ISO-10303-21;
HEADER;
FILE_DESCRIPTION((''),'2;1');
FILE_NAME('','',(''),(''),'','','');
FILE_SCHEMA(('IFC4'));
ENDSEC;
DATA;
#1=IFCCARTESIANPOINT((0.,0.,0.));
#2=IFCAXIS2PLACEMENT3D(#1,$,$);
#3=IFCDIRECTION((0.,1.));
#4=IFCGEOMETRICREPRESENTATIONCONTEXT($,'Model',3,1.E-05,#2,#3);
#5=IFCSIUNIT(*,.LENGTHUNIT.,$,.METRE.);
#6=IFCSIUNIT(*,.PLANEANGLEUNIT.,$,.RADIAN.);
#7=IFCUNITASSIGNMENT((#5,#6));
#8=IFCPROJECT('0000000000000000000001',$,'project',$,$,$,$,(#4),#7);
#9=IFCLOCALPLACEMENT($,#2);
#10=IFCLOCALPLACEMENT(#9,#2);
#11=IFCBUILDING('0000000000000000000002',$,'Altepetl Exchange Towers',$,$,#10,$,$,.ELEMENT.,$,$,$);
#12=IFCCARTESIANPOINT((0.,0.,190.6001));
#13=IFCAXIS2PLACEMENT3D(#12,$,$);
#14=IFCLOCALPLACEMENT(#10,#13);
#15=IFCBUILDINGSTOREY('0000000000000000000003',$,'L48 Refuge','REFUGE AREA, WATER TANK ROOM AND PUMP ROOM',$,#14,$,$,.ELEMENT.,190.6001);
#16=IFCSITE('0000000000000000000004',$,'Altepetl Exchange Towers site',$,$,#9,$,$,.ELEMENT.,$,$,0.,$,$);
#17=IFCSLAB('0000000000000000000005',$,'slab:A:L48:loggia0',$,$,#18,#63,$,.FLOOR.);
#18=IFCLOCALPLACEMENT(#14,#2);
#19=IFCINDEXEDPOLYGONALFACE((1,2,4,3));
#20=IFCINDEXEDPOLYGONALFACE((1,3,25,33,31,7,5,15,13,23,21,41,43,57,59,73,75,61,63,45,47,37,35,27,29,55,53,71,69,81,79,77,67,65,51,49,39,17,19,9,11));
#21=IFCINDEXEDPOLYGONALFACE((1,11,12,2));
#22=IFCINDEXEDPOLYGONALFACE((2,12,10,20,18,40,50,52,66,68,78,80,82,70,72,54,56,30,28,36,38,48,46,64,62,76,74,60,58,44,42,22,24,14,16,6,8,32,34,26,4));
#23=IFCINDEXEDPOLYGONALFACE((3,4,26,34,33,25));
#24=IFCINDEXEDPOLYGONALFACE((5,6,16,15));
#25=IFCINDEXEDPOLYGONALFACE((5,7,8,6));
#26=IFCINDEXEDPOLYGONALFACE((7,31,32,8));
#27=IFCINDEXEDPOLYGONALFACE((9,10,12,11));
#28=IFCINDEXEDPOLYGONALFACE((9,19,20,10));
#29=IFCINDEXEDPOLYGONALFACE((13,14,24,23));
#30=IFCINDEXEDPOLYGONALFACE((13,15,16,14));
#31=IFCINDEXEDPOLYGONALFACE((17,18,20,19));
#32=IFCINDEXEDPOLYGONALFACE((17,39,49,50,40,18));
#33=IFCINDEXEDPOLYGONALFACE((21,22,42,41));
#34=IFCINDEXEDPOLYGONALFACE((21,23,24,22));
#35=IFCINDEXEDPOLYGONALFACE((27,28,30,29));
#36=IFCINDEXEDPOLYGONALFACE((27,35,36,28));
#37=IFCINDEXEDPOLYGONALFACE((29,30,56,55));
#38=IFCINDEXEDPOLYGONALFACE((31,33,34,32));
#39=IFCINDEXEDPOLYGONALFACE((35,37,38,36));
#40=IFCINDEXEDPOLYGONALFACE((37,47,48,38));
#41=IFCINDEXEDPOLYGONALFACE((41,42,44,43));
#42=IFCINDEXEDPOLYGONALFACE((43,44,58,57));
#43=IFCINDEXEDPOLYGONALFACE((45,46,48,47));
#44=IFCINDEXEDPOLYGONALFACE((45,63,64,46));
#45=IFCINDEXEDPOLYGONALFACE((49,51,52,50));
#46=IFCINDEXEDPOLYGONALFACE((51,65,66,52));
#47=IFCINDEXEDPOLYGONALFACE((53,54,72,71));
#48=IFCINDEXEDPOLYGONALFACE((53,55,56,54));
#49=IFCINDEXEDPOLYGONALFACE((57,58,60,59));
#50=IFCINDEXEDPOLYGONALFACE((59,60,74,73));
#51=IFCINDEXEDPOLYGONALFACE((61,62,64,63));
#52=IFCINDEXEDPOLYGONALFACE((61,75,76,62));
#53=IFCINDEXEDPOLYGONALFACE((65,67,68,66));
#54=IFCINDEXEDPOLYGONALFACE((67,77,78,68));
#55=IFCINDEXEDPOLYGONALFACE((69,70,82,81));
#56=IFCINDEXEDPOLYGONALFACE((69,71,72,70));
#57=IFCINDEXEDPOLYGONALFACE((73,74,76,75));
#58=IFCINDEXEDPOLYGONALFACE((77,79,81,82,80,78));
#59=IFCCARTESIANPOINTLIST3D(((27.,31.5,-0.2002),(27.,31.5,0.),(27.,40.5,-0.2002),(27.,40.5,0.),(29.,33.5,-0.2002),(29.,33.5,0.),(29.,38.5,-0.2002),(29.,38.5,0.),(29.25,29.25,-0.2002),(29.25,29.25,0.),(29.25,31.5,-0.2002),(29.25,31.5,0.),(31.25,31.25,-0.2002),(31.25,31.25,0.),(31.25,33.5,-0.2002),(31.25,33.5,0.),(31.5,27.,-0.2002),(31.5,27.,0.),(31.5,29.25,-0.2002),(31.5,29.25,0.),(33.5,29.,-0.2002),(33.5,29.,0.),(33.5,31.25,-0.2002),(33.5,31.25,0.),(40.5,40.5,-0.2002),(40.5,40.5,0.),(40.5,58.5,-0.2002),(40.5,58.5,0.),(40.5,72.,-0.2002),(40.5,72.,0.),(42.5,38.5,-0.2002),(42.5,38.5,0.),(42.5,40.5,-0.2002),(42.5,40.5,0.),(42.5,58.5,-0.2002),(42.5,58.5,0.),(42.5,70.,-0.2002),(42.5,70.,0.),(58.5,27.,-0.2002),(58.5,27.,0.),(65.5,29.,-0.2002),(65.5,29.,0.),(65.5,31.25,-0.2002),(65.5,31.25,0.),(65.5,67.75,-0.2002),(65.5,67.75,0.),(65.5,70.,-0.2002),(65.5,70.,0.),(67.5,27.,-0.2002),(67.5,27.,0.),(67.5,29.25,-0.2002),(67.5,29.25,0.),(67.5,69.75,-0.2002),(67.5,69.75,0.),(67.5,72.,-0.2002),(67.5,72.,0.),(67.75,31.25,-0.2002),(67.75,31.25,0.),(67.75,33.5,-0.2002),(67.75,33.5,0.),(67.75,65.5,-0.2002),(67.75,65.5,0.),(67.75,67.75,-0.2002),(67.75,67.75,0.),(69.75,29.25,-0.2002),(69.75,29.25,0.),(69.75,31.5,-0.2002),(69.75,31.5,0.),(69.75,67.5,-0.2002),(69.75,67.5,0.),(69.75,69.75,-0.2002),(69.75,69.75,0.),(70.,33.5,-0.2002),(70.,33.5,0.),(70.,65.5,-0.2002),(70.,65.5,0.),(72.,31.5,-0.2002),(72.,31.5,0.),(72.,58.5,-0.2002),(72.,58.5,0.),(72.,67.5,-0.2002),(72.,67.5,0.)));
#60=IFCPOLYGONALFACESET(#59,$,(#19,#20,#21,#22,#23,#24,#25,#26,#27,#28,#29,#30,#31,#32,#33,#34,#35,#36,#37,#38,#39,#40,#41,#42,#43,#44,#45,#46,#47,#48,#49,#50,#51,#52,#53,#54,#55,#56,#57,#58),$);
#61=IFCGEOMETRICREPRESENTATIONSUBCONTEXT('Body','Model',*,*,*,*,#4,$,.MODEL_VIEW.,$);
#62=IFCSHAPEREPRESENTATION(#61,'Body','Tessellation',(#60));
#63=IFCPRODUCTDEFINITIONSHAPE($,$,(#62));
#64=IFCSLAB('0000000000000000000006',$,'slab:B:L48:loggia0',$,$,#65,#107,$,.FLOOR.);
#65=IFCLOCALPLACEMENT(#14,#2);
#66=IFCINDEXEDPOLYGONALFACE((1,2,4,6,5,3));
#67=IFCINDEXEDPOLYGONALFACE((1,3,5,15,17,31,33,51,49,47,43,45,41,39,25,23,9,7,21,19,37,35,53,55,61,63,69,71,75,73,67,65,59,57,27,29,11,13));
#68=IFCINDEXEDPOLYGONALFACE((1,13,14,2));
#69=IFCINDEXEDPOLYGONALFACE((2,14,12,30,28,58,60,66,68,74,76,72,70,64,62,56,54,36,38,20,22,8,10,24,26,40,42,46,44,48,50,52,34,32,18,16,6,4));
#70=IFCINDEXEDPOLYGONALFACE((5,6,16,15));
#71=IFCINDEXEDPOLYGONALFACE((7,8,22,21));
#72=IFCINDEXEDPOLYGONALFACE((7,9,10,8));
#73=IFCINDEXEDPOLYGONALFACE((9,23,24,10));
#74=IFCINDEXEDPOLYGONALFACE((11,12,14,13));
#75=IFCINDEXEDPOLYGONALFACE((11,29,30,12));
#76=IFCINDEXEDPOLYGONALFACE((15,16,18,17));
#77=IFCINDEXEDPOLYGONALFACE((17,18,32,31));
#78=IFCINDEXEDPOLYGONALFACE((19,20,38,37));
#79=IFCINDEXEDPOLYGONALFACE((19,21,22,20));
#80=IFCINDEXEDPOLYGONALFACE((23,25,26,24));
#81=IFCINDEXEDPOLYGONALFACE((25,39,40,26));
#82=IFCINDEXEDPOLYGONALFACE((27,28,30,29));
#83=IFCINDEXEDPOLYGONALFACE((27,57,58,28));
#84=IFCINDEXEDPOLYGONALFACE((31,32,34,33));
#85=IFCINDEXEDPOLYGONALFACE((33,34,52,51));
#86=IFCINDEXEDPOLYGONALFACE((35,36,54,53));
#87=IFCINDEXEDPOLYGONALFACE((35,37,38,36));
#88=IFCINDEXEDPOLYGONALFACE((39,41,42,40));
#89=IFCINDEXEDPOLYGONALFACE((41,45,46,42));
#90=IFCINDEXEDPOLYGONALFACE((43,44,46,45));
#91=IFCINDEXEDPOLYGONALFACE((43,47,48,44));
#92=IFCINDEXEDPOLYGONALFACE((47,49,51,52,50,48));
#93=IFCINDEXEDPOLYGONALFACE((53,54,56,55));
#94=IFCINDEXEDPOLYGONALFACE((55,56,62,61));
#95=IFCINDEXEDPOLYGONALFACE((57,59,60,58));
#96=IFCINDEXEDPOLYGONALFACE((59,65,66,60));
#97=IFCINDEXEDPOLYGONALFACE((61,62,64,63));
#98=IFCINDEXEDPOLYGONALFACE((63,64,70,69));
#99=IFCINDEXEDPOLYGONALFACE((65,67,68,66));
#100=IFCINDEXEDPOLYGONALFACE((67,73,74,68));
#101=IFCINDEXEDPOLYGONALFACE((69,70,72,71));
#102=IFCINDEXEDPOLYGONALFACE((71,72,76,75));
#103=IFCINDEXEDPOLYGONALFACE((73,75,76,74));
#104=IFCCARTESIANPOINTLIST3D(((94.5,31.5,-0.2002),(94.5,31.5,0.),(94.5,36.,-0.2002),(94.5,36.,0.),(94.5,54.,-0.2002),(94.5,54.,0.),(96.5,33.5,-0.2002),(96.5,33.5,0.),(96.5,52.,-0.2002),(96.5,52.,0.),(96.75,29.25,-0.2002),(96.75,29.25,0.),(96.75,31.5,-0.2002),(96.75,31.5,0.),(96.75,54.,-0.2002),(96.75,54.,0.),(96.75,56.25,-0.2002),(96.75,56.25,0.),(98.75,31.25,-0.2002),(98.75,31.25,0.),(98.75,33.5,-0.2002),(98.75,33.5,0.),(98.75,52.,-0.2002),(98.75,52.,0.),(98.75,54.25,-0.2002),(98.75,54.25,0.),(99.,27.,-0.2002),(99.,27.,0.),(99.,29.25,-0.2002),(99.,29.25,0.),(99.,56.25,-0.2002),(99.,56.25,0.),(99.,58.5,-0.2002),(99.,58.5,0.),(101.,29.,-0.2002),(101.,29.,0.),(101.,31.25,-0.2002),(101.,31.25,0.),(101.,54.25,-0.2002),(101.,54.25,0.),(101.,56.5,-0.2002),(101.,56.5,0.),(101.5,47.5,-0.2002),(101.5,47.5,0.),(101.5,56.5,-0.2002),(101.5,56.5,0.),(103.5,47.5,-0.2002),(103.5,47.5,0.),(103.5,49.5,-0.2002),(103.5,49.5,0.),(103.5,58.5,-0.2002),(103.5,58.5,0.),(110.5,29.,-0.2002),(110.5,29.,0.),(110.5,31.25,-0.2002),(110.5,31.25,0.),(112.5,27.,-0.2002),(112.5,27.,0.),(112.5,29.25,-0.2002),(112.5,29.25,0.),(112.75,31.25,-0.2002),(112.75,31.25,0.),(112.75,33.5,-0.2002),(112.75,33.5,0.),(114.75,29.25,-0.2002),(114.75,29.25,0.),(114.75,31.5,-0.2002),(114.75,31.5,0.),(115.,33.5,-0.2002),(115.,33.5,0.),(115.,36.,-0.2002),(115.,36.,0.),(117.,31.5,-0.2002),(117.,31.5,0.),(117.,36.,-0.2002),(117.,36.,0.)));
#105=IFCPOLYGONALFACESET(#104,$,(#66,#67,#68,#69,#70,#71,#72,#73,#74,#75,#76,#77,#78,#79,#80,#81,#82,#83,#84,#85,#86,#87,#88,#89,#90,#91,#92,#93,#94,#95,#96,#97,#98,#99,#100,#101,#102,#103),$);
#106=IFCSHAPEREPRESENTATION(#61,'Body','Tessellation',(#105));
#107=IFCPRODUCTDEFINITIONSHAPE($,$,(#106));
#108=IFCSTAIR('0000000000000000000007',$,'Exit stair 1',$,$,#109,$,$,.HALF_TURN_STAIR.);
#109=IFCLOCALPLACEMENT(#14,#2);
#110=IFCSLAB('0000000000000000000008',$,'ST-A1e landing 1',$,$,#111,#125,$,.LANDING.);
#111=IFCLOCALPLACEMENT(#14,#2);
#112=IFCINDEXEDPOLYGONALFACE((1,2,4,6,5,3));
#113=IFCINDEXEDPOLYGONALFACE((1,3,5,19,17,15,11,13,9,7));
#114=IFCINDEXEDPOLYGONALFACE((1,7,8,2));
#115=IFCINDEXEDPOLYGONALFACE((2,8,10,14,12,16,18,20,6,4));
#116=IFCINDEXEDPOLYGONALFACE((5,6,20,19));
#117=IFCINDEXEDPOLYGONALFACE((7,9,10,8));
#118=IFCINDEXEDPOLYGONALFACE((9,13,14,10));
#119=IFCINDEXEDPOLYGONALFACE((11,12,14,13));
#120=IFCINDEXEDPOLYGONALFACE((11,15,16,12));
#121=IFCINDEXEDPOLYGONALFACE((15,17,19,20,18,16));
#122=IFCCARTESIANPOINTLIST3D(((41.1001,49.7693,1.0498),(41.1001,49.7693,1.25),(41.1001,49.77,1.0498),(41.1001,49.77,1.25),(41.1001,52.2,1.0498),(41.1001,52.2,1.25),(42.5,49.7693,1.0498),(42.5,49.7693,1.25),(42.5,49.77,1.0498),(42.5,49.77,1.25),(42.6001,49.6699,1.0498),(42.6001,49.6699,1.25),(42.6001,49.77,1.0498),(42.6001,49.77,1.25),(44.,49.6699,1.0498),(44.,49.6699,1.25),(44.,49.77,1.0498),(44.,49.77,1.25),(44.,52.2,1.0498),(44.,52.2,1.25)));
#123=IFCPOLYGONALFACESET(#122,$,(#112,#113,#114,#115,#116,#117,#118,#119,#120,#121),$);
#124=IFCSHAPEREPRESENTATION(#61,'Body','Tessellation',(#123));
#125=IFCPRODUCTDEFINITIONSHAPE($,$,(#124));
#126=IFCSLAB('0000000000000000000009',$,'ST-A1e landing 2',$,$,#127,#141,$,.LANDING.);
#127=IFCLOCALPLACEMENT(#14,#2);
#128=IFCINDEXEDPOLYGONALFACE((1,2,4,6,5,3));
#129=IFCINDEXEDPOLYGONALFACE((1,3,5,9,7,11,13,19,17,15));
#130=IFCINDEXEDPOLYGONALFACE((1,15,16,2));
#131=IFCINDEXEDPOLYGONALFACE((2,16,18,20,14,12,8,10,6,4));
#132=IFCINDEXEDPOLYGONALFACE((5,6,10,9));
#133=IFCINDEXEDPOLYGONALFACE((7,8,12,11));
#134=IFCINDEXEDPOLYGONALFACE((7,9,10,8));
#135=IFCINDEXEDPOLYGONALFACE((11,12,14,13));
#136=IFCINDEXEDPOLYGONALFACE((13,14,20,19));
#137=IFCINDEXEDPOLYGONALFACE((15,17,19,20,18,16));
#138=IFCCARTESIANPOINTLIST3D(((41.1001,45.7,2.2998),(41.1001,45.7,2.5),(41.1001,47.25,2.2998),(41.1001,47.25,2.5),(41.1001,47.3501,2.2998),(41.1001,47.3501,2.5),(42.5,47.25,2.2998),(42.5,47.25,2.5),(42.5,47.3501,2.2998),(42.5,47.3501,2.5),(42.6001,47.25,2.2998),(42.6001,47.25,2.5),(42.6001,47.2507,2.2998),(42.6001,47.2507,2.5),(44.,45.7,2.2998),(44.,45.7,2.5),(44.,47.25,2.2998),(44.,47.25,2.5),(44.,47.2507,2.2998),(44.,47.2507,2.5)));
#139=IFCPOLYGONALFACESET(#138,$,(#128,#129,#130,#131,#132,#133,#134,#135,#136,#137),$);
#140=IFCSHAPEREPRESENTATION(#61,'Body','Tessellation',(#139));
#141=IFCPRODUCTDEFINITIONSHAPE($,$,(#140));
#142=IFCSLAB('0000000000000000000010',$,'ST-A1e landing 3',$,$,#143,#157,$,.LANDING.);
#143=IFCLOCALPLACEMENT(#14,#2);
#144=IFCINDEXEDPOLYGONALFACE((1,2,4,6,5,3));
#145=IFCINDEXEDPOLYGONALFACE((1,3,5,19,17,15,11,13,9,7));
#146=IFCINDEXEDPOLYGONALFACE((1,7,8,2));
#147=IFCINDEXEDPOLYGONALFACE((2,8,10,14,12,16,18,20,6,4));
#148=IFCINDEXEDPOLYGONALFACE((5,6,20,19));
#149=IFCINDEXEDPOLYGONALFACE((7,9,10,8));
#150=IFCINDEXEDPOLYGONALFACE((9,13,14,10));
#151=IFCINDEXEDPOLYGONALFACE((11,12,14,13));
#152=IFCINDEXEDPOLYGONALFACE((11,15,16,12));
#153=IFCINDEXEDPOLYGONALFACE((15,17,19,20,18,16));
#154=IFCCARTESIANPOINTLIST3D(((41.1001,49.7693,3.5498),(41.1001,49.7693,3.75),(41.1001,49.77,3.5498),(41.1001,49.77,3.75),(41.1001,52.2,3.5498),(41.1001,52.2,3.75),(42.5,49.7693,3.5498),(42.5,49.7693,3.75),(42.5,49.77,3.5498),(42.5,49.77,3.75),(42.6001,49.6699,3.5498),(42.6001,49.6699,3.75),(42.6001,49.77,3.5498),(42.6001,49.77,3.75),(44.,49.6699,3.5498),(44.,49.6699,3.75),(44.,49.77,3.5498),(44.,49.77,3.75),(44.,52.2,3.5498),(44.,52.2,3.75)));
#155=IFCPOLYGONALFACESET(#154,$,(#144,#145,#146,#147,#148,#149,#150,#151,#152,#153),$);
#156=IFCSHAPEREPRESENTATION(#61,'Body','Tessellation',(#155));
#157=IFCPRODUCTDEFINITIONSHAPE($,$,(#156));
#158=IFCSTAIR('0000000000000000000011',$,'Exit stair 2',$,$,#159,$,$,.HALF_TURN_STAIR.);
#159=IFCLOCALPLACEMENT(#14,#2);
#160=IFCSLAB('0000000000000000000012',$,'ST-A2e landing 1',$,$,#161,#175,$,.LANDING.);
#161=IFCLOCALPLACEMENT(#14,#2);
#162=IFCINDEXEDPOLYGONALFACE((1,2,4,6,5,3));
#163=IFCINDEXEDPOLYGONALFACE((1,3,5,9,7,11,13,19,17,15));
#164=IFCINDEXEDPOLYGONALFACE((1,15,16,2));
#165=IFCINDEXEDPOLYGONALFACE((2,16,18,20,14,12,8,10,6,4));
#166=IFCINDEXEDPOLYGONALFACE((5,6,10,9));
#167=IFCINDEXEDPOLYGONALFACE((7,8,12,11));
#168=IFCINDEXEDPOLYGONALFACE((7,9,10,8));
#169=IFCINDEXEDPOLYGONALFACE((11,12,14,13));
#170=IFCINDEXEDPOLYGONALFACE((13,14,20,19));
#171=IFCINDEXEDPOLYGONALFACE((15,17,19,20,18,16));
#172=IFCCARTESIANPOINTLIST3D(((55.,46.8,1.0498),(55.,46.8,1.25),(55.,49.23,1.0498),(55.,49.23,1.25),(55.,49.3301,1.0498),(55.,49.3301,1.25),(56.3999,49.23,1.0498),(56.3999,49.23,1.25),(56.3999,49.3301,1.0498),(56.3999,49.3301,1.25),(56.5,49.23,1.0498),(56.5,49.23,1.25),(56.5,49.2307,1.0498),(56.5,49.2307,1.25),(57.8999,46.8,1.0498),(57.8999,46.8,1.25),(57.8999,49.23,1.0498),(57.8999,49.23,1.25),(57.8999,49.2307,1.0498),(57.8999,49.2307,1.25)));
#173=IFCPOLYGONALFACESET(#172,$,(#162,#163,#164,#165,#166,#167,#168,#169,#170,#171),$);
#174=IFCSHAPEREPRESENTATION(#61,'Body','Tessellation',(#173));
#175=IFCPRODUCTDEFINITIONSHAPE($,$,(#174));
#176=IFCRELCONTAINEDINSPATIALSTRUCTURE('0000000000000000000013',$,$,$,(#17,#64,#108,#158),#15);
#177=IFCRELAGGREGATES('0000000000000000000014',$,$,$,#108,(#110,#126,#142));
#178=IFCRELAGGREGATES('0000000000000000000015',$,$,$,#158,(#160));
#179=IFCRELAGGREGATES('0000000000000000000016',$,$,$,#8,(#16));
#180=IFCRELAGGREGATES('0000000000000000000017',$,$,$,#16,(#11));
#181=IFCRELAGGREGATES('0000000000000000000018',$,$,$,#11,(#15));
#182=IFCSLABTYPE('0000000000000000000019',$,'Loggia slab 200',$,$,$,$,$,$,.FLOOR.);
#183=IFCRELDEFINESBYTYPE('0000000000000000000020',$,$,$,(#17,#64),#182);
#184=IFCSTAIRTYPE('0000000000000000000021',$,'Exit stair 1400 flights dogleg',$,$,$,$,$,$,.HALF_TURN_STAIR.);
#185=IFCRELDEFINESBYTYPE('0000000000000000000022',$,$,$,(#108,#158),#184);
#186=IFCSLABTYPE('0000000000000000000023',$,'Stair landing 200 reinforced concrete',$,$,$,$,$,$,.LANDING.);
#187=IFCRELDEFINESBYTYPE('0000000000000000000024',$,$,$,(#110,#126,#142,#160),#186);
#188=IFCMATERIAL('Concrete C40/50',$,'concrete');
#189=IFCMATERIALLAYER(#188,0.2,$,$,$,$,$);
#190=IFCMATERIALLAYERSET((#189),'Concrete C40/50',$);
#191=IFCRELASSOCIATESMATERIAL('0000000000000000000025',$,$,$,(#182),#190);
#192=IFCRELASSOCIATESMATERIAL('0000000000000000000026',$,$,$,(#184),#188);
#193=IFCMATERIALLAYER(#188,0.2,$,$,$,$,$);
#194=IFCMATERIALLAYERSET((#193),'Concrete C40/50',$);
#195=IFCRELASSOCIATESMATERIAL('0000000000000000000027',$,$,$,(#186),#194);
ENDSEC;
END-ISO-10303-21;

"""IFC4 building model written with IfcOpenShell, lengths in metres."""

from ifc_helpers import new_model, si_unit, direction, frame, origin, place, context, subcontext, project, spatial, polyline, outline, extrude, material, layer, layer_set, type_object, element, aggregate, save


model = new_model("IFC4")

# Units and contexts
model_context = context("Model", 3, precision=1e-05, world=origin(), true_north=direction((0.0, 1.0)))
body_context = subcontext(model_context, "Body", "Model", "MODEL_VIEW")
ifc_project = project(units=[si_unit("LENGTHUNIT", "METRE"), si_unit("PLANEANGLEUNIT", "RADIAN")], contexts=[model_context])

# Site, building, storey
site_placement = place(None, origin())
site = spatial("IfcSite", under=ifc_project, at=site_placement, Name="Altepetl Exchange Towers site", CompositionType="ELEMENT", RefElevation=0.0)
building_placement = place(site_placement, origin())
building = spatial("IfcBuilding", under=site, at=building_placement, Name="Altepetl Exchange Towers", CompositionType="ELEMENT")
storey_placement = place(building_placement, frame((0.0, 0.0, 190.6001)))
storey = spatial("IfcBuildingStorey", under=building, at=storey_placement, Name="L48 Refuge", Description="REFUGE AREA, WATER TANK ROOM AND PUMP ROOM", CompositionType="ELEMENT", Elevation=190.6001)

# Slabs
ifc_material_1 = material(Name="Concrete C40/50", Category="concrete")
ifc_layer_1 = layer(ifc_material_1, 0.2)
ifc_layer_set_1 = layer_set([ifc_layer_1], Name="Concrete C40/50")
slab_type_1 = type_object("IfcSlabType", Name="Loggia slab 200", PredefinedType="FLOOR", material=ifc_layer_set_1)
slab_1_placement = place(storey_placement, frame((0.0, 0.0, -0.2002)))
element("IfcSlab", 1, at=slab_1_placement, inside=storey, type_object=slab_type_1, Name="slab:A:L48:loggia0", PredefinedType="FLOOR", context=body_context, shape_type="SweptSolid", body=[
    extrude(outline(polyline([(40.5, 72.0), (40.5, 58.5), (42.5, 58.5), (42.5, 70.0), (65.5, 70.0), (65.5, 67.75), (67.75, 67.75), (67.75, 65.5), (70.0, 65.5), (70.0, 33.5), (67.75, 33.5), (67.75, 31.25), (65.5, 31.25), (65.5, 29.0), (33.5, 29.0), (33.5, 31.25), (31.25, 31.25), (31.25, 33.5), (29.0, 33.5), (29.0, 38.5), (42.5, 38.5), (42.5, 40.5), (40.5, 40.5), (27.0, 40.5), (27.0, 31.5), (29.25, 31.5), (29.25, 29.25), (31.5, 29.25), (31.5, 27.0), (58.5, 27.0), (67.5, 27.0), (67.5, 29.25), (69.75, 29.25), (69.75, 31.5), (72.0, 31.5), (72.0, 58.5), (72.0, 67.5), (69.75, 67.5), (69.75, 69.75), (67.5, 69.75), (67.5, 72.0), (40.5, 72.0)])), origin(), (0.0, 0.0, 1.0), 0.2002),
])
slab_2_placement = place(storey_placement, frame((0.0, 0.0, -0.2002)))
element("IfcSlab", 2, at=slab_2_placement, inside=storey, type_object=slab_type_1, Name="slab:B:L48:loggia0", PredefinedType="FLOOR", context=body_context, shape_type="SweptSolid", body=[
    extrude(outline(polyline([(99.0, 29.25), (99.0, 27.0), (112.5, 27.0), (112.5, 29.25), (114.75, 29.25), (114.75, 31.5), (117.0, 31.5), (117.0, 36.0), (115.0, 36.0), (115.0, 33.5), (112.75, 33.5), (112.75, 31.25), (110.5, 31.25), (110.5, 29.0), (101.0, 29.0), (101.0, 31.25), (98.75, 31.25), (98.75, 33.5), (96.5, 33.5), (96.5, 52.0), (98.75, 52.0), (98.75, 54.25), (101.0, 54.25), (101.0, 56.5), (101.5, 56.5), (101.5, 47.5), (103.5, 47.5), (103.5, 49.5), (103.5, 58.5), (99.0, 58.5), (99.0, 56.25), (96.75, 56.25), (96.75, 54.0), (94.5, 54.0), (94.5, 36.0), (94.5, 31.5), (96.75, 31.5), (96.75, 29.25), (99.0, 29.25)])), origin(), (0.0, 0.0, 1.0), 0.2002),
])

# Stairs, slabs
stair_type = type_object("IfcStairType", Name="Exit stair 1400 flights dogleg", PredefinedType="HALF_TURN_STAIR", material=ifc_material_1)
stair_1_placement = place(storey_placement, origin())
stair_1 = element("IfcStair", 3, at=stair_1_placement, inside=storey, type_object=stair_type, Name="Exit stair 1", PredefinedType="HALF_TURN_STAIR")
ifc_layer_2 = layer(ifc_material_1, 0.2)
ifc_layer_set_2 = layer_set([ifc_layer_2], Name="Concrete C40/50")
slab_type_2 = type_object("IfcSlabType", Name="Stair landing 200 reinforced concrete", PredefinedType="LANDING", material=ifc_layer_set_2)
slab_3_placement = place(storey_placement, frame((0.0, 0.0, 1.0498)))
slab_3 = element("IfcSlab", 4, at=slab_3_placement, type_object=slab_type_2, Name="ST-A1e landing 1", PredefinedType="LANDING", context=body_context, shape_type="SweptSolid", body=[
    extrude(outline(polyline([(44.0, 49.6699), (42.6001, 49.6699), (42.6001, 49.77), (42.5, 49.77), (42.5, 49.7693), (41.1001, 49.7693), (41.1001, 49.77), (41.1001, 52.2), (44.0, 52.2), (44.0, 49.77), (44.0, 49.6699)])), origin(), (0.0, 0.0, 1.0), 0.2002),
])
slab_4_placement = place(storey_placement, frame((0.0, 0.0, 2.2998)))
slab_4 = element("IfcSlab", 5, at=slab_4_placement, type_object=slab_type_2, Name="ST-A1e landing 2", PredefinedType="LANDING", context=body_context, shape_type="SweptSolid", body=[
    extrude(outline(polyline([(44.0, 45.7), (41.1001, 45.7), (41.1001, 47.25), (41.1001, 47.3501), (42.5, 47.3501), (42.5, 47.25), (42.6001, 47.25), (42.6001, 47.2507), (44.0, 47.2507), (44.0, 47.25), (44.0, 45.7)])), origin(), (0.0, 0.0, 1.0), 0.2002),
])
slab_5_placement = place(storey_placement, frame((0.0, 0.0, 3.5498)))
slab_5 = element("IfcSlab", 6, at=slab_5_placement, type_object=slab_type_2, Name="ST-A1e landing 3", PredefinedType="LANDING", context=body_context, shape_type="SweptSolid", body=[
    extrude(outline(polyline([(44.0, 49.6699), (42.6001, 49.6699), (42.6001, 49.77), (42.5, 49.77), (42.5, 49.7693), (41.1001, 49.7693), (41.1001, 49.77), (41.1001, 52.2), (44.0, 52.2), (44.0, 49.77), (44.0, 49.6699)])), origin(), (0.0, 0.0, 1.0), 0.2002),
])
aggregate(stair_1, [slab_3, slab_4, slab_5])
stair_2_placement = place(storey_placement, origin())
stair_2 = element("IfcStair", 7, at=stair_2_placement, inside=storey, type_object=stair_type, Name="Exit stair 2", PredefinedType="HALF_TURN_STAIR")
slab_6_placement = place(storey_placement, frame((0.0, 0.0, 1.0498)))
slab_6 = element("IfcSlab", 8, at=slab_6_placement, type_object=slab_type_2, Name="ST-A2e landing 1", PredefinedType="LANDING", context=body_context, shape_type="SweptSolid", body=[
    extrude(outline(polyline([(57.8999, 46.8), (55.0, 46.8), (55.0, 49.23), (55.0, 49.3301), (56.3999, 49.3301), (56.3999, 49.23), (56.5, 49.23), (56.5, 49.2307), (57.8999, 49.2307), (57.8999, 49.23), (57.8999, 46.8)])), origin(), (0.0, 0.0, 1.0), 0.2002),
])
aggregate(stair_2, [slab_6])

save(model, "model.ifc")
